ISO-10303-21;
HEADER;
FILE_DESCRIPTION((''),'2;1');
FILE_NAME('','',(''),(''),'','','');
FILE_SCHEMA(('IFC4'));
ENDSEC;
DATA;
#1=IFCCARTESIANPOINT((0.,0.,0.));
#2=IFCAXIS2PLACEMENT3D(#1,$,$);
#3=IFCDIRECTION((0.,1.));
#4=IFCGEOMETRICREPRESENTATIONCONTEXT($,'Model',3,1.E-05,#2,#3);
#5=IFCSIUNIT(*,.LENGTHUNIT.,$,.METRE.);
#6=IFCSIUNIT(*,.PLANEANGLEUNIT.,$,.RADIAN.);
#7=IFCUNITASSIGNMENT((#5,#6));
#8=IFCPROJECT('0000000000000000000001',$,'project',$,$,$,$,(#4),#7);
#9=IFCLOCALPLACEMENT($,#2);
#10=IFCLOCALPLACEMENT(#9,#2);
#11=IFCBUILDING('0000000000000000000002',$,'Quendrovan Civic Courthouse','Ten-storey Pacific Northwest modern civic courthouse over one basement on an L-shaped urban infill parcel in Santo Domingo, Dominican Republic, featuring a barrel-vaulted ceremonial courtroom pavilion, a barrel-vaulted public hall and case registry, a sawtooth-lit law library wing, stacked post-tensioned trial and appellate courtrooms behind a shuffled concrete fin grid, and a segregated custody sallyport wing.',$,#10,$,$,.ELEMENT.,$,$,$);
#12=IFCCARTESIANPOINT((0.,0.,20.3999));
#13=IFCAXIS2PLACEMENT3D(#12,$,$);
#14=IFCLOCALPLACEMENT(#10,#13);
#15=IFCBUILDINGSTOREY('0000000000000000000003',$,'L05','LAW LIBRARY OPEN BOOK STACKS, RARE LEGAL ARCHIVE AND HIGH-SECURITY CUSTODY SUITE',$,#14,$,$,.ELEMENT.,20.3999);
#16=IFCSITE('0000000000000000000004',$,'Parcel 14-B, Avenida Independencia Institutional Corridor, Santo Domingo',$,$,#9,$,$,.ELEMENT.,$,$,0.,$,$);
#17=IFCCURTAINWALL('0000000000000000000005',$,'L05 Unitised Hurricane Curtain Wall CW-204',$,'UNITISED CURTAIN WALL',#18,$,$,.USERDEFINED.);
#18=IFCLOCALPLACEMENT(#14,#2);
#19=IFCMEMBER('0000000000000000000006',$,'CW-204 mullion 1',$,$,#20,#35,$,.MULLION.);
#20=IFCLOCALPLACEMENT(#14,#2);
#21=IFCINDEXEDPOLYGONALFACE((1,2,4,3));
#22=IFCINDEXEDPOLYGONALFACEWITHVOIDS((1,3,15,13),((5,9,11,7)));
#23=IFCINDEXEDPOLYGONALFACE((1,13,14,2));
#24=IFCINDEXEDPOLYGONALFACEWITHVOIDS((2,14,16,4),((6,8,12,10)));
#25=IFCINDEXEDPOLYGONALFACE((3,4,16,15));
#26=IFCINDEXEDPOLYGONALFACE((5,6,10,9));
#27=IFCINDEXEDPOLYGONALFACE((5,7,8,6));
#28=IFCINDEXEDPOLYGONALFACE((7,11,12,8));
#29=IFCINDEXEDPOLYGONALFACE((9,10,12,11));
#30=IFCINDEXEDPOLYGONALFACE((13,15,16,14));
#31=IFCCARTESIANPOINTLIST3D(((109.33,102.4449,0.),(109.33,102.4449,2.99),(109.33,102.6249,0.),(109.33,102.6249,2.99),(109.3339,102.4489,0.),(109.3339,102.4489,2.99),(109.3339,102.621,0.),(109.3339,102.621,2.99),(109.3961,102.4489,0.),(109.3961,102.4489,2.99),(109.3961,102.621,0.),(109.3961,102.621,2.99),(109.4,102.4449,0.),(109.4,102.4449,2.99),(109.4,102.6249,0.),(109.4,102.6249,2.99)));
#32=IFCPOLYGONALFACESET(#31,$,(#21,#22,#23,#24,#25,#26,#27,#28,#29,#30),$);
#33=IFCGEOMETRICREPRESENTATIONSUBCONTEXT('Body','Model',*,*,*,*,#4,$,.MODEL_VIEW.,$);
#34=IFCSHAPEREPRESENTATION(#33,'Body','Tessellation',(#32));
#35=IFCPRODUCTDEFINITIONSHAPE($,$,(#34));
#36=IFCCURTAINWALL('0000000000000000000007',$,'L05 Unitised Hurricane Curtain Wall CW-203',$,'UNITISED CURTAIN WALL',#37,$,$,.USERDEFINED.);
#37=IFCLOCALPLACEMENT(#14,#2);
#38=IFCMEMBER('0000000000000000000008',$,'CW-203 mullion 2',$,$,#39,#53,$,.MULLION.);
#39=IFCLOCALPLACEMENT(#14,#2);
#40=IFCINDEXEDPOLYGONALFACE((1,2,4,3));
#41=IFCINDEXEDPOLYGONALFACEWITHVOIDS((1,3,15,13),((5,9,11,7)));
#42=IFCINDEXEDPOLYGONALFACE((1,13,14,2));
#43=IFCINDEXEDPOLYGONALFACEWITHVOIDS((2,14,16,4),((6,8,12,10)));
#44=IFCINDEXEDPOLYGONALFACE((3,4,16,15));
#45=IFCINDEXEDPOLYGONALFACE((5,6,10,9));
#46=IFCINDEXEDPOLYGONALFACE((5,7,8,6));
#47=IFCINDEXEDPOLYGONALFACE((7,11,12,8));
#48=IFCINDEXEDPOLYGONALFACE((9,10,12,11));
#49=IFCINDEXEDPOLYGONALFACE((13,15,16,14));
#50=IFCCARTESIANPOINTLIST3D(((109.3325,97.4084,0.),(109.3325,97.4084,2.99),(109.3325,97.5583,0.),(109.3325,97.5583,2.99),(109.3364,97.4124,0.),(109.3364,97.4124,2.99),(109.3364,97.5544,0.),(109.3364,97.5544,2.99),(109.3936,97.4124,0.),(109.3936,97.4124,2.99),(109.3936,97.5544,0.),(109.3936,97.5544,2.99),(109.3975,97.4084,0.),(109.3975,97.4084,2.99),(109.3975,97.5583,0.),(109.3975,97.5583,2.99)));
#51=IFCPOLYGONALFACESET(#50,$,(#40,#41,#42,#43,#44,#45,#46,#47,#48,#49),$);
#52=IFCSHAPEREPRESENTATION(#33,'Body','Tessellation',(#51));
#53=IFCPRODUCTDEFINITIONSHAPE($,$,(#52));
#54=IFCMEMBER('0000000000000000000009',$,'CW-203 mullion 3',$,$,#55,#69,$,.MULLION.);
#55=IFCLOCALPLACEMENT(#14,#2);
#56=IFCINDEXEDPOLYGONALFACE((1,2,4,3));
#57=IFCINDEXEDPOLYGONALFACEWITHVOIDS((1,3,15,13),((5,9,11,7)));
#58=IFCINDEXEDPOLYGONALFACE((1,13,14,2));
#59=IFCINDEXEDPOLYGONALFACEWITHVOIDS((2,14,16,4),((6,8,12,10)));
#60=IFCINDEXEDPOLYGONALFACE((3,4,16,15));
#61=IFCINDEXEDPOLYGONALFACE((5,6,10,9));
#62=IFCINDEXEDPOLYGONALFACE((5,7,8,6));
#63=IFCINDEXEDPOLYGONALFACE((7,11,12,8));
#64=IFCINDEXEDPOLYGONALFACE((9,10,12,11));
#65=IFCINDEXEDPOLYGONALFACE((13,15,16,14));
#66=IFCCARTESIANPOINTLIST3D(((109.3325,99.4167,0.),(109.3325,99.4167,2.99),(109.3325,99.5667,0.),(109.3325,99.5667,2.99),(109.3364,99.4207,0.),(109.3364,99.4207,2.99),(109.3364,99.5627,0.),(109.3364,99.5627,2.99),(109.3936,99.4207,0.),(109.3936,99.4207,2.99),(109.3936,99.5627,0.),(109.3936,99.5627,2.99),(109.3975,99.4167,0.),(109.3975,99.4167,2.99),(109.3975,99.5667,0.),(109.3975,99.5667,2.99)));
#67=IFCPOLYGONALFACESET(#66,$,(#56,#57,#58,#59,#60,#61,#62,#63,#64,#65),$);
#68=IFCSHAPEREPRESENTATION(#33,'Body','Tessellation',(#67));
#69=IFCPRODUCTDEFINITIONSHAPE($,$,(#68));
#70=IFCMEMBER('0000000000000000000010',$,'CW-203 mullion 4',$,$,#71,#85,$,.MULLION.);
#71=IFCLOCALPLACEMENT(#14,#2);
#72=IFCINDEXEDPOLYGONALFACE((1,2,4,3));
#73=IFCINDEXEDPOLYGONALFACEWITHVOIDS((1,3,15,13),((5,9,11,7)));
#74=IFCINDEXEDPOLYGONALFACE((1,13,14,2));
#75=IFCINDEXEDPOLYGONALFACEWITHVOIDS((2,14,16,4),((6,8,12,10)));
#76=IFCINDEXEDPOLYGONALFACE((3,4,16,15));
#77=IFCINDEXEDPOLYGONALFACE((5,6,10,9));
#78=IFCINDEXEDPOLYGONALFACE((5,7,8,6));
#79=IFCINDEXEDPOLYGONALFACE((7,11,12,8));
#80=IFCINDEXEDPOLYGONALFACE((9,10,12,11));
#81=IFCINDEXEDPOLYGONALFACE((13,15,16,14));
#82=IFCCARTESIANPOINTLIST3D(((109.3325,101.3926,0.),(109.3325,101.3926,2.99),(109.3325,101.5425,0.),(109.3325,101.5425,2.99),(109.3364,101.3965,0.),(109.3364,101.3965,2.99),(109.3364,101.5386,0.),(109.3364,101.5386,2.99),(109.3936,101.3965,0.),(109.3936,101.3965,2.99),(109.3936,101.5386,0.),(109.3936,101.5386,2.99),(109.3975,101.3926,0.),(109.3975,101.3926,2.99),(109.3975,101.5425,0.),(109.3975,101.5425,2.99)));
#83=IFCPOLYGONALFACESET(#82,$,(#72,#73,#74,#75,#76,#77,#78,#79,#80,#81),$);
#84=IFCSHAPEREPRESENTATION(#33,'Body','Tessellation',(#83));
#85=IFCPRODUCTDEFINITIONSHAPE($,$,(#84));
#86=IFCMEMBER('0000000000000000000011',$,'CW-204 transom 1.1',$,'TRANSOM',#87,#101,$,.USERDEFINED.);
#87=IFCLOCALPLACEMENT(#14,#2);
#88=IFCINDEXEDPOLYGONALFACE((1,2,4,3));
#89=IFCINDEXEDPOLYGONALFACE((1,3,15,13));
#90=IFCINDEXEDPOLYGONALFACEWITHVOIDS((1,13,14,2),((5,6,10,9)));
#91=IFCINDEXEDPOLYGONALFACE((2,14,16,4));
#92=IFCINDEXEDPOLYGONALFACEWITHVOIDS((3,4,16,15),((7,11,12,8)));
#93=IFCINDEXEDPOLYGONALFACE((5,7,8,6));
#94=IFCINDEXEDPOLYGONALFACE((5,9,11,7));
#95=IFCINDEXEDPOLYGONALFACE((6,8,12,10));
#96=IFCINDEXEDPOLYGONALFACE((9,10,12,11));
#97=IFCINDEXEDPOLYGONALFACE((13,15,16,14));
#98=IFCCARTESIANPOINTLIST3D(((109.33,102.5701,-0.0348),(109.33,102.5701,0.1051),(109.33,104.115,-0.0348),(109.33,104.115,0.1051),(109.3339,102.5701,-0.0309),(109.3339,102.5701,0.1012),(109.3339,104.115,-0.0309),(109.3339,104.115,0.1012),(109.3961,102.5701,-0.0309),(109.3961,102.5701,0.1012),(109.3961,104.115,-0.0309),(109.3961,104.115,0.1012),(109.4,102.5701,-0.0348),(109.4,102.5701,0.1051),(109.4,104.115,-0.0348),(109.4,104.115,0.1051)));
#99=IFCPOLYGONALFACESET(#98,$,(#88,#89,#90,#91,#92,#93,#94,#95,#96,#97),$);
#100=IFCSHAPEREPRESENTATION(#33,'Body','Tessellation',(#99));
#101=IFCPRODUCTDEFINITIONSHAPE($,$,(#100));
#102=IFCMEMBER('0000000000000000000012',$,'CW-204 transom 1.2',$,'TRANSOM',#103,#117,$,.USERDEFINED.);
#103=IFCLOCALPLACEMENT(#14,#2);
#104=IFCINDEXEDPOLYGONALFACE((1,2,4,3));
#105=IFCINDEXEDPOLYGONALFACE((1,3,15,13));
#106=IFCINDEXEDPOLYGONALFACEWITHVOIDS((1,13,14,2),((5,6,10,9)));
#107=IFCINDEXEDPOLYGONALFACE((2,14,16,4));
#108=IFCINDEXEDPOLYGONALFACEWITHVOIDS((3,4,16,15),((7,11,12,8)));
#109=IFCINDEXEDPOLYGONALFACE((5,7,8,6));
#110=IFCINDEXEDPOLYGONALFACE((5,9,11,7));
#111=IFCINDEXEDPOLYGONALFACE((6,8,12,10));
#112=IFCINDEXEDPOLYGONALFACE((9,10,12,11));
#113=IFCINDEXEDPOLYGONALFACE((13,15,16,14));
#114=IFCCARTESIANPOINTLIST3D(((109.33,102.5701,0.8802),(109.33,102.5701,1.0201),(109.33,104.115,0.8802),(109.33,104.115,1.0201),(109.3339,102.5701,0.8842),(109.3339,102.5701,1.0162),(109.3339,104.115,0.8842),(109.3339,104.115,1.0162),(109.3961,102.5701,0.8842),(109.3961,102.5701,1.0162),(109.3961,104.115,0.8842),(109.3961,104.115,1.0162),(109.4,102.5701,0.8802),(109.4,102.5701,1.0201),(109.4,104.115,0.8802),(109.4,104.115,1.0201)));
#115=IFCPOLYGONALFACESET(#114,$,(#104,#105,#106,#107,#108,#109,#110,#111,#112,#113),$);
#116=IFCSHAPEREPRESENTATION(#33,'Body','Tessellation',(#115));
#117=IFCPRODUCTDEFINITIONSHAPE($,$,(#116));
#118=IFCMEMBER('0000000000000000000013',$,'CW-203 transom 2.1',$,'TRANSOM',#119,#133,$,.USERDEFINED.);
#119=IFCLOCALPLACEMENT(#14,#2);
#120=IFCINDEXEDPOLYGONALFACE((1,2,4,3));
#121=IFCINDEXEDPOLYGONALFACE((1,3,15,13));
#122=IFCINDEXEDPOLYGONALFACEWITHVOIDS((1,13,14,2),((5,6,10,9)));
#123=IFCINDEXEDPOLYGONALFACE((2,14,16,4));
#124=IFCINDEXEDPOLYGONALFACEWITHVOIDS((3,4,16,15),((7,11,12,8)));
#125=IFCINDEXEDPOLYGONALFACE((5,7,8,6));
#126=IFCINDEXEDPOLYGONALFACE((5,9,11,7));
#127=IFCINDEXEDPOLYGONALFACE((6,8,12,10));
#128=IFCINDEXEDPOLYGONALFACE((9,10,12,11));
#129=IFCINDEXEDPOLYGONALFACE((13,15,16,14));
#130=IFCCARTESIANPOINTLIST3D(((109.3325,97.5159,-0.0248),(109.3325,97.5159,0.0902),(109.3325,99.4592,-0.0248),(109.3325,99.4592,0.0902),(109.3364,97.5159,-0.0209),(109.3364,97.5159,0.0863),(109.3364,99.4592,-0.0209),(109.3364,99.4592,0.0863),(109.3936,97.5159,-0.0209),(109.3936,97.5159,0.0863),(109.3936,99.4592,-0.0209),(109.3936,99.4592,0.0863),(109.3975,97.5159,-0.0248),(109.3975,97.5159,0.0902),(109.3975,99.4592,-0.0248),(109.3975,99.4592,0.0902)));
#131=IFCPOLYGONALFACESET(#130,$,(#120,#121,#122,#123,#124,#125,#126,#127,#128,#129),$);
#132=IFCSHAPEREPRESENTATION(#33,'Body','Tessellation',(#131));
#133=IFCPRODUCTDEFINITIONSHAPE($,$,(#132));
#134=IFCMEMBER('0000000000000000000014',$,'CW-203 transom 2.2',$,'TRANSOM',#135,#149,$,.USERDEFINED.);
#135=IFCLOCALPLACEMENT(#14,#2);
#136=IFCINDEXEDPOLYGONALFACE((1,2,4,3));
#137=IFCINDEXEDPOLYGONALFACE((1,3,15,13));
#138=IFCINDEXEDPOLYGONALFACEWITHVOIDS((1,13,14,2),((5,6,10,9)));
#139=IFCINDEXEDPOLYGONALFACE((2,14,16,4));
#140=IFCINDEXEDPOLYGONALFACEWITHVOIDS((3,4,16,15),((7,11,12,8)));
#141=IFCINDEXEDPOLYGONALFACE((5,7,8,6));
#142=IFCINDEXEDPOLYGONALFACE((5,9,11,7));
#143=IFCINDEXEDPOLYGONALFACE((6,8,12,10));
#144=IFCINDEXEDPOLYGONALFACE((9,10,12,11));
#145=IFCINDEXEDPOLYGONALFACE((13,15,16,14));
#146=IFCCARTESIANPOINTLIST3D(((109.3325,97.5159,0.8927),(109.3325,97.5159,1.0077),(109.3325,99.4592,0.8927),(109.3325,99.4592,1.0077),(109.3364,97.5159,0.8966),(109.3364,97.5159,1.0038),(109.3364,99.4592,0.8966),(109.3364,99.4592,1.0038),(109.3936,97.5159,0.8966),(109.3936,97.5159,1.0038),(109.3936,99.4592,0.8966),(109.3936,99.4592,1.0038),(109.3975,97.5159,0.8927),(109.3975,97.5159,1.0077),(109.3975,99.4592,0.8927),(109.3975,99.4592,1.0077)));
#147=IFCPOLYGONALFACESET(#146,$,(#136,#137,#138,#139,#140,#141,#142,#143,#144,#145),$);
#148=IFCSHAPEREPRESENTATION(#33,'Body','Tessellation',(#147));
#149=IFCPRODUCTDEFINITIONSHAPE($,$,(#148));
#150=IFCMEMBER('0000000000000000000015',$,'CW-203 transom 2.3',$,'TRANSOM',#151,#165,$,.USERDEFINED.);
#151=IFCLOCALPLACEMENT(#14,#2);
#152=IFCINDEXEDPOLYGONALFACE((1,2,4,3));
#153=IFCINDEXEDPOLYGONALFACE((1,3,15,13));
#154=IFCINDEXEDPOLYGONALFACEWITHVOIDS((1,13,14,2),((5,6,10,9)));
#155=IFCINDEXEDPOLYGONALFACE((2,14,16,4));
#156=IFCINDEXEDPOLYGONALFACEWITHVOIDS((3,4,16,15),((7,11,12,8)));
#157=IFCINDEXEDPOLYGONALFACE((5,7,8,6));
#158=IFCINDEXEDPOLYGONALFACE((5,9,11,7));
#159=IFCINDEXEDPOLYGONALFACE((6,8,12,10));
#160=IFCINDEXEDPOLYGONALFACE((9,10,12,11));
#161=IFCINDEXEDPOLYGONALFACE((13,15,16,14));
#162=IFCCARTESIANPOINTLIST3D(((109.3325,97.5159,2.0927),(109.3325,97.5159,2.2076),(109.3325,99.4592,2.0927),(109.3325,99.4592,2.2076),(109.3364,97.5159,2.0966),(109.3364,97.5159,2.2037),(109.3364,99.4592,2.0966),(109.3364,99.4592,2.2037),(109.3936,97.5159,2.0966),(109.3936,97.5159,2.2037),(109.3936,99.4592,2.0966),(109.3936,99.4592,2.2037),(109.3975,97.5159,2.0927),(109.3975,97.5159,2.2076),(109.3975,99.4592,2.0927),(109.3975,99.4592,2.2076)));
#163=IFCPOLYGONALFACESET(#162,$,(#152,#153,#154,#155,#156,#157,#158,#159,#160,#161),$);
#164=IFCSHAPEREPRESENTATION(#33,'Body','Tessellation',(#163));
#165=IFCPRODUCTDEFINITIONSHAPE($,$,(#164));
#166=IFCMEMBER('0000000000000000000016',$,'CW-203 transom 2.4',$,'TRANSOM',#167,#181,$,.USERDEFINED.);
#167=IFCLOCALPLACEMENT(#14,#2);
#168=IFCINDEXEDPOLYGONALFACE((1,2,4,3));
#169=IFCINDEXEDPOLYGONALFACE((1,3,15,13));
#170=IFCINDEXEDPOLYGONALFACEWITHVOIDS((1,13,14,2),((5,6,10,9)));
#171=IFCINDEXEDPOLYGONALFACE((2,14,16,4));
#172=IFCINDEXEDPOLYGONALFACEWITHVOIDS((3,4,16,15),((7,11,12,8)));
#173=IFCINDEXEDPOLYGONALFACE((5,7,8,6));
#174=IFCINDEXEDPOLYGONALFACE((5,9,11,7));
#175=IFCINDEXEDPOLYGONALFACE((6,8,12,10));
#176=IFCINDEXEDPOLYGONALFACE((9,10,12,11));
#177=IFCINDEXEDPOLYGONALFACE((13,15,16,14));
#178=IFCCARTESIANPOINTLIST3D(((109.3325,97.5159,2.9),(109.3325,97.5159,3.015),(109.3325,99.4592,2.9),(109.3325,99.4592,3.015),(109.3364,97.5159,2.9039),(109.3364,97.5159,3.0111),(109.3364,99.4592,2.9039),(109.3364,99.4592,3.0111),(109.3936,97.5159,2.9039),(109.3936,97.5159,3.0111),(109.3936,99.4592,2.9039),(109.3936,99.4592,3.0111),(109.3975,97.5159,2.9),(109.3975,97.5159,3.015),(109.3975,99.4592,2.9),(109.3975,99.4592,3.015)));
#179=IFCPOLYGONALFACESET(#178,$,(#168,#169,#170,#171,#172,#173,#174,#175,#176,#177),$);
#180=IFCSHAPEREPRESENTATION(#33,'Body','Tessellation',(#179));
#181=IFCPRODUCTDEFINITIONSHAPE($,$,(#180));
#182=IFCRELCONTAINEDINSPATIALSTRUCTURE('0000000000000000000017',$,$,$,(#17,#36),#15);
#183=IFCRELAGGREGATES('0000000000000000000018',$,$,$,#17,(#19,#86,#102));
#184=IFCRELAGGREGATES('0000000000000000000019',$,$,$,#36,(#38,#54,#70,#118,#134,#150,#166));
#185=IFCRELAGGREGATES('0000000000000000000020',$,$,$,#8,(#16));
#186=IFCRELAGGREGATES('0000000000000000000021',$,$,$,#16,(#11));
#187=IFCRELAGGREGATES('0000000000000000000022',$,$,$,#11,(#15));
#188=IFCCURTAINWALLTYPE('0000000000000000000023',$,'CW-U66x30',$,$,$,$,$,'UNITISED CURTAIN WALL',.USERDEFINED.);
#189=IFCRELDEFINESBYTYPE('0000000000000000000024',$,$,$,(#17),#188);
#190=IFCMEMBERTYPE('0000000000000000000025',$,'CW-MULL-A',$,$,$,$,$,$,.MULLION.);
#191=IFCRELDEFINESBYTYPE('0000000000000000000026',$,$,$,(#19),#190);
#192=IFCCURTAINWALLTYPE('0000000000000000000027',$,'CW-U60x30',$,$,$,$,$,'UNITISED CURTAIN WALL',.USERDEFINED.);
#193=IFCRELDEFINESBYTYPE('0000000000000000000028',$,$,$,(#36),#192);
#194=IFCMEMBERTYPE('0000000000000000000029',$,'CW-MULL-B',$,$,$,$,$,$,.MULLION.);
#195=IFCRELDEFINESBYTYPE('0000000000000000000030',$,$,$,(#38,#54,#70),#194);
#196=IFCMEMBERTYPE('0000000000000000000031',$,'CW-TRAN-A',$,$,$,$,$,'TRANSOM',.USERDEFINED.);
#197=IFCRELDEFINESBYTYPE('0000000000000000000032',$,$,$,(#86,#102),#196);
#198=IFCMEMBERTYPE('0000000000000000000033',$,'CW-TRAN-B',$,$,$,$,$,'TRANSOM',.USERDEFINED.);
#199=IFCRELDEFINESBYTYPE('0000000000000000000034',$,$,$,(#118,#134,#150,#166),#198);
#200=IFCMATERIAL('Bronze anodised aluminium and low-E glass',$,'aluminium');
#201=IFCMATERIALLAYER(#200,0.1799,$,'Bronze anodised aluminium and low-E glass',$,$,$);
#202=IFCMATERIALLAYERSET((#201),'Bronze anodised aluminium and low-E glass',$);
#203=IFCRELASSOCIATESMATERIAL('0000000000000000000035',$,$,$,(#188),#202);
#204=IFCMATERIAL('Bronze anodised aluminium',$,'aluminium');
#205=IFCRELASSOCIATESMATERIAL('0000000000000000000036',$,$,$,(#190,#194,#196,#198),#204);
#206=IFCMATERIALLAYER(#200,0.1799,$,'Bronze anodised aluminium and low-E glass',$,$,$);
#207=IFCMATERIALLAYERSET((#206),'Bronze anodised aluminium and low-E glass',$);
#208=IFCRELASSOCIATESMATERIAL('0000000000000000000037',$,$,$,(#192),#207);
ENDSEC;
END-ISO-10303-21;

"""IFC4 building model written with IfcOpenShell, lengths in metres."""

from ifc_helpers import new_model, si_unit, direction, frame, origin, origin_2d, place, context, subcontext, project, spatial, hollow_rectangle, extrude, material, layer, layer_set, material_profile, profile_set, type_object, element, aggregate, save


model = new_model("IFC4")

# Units and contexts
model_context = context("Model", 3, precision=1e-05, world=origin(), true_north=direction((0.0, 1.0)))
body_context = subcontext(model_context, "Body", "Model", "MODEL_VIEW")
ifc_project = project(units=[si_unit("LENGTHUNIT", "METRE"), si_unit("PLANEANGLEUNIT", "RADIAN")], contexts=[model_context])

# Site, building, storey
site_placement = place(None, origin())
site = spatial("IfcSite", under=ifc_project, at=site_placement, Name="Parcel 14-B, Avenida Independencia Institutional Corridor, Santo Domingo", CompositionType="ELEMENT", RefElevation=0.0)
building_placement = place(site_placement, origin())
building = spatial("IfcBuilding", under=site, at=building_placement, Name="Quendrovan Civic Courthouse", Description="Ten-storey Pacific Northwest modern civic courthouse over one basement on an L-shaped urban infill parcel in Santo Domingo, Dominican Republic, featuring a barrel-vaulted ceremonial courtroom pavilion, a barrel-vaulted public hall and case registry, a sawtooth-lit law library wing, stacked post-tensioned trial and appellate courtrooms behind a shuffled concrete fin grid, and a segregated custody sallyport wing.", CompositionType="ELEMENT")
storey_placement = place(building_placement, frame((0.0, 0.0, 20.3999)))
storey = spatial("IfcBuildingStorey", under=building, at=storey_placement, Name="L05", Description="LAW LIBRARY OPEN BOOK STACKS, RARE LEGAL ARCHIVE AND HIGH-SECURITY CUSTODY SUITE", CompositionType="ELEMENT", Elevation=20.3999)

# Curtain wall, member
ifc_material_1 = material(Name="Bronze anodised aluminium and low-E glass", Category="aluminium")
ifc_layer_1 = layer(ifc_material_1, 0.1799, Name="Bronze anodised aluminium and low-E glass")
ifc_layer_set_1 = layer_set([ifc_layer_1], Name="Bronze anodised aluminium and low-E glass")
curtain_wall_type_1 = type_object("IfcCurtainWallType", Name="CW-U66x30", ElementType="UNITISED CURTAIN WALL", PredefinedType="USERDEFINED", material=ifc_layer_set_1)
curtain_wall_1_placement = place(storey_placement, origin())
curtain_wall_1 = element("IfcCurtainWall", 1, at=curtain_wall_1_placement, inside=storey, type_object=curtain_wall_type_1, Name="L05 Unitised Hurricane Curtain Wall CW-204", ObjectType="UNITISED CURTAIN WALL", PredefinedType="USERDEFINED")
ifc_material_2 = material(Name="Bronze anodised aluminium", Category="aluminium")
ifc_material_profile_1 = material_profile(ifc_material_2, hollow_rectangle(XDim=0.0701, YDim=0.1799, WallThickness=0.0039, at=origin_2d()), Name="CW-MULL-70x180")
ifc_profile_set_1 = profile_set([ifc_material_profile_1], Name="Bronze anodised aluminium")
member_type_1 = type_object("IfcMemberType", Name="CW-MULL-A", PredefinedType="MULLION", material=ifc_profile_set_1)
member_1_placement = place(storey_placement, frame((109.365, 102.5349, 0.0), z_axis=(0.0, 0.0, 1.0), x_axis=(-1.0, 0.0, 0.0)))
member_1 = element("IfcMember", 2, at=member_1_placement, type_object=member_type_1, Name="CW-204 mullion 1", PredefinedType="MULLION", context=body_context, shape_type="SweptSolid", body=[
    extrude(hollow_rectangle(XDim=0.0701, YDim=0.1799, WallThickness=0.0039, at=origin_2d()), origin(), (0.0, 0.0, 1.0), 2.99),
])

# Curtain wall, members
ifc_layer_2 = layer(ifc_material_1, 0.1799, Name="Bronze anodised aluminium and low-E glass")
ifc_layer_set_2 = layer_set([ifc_layer_2], Name="Bronze anodised aluminium and low-E glass")
curtain_wall_type_2 = type_object("IfcCurtainWallType", Name="CW-U60x30", ElementType="UNITISED CURTAIN WALL", PredefinedType="USERDEFINED", material=ifc_layer_set_2)
curtain_wall_2_placement = place(storey_placement, origin())
curtain_wall_2 = element("IfcCurtainWall", 3, at=curtain_wall_2_placement, inside=storey, type_object=curtain_wall_type_2, Name="L05 Unitised Hurricane Curtain Wall CW-203", ObjectType="UNITISED CURTAIN WALL", PredefinedType="USERDEFINED")
ifc_material_profile_2 = material_profile(ifc_material_2, hollow_rectangle(XDim=0.0649, YDim=0.1499, WallThickness=0.0039, at=origin_2d()), Name="CW-MULL-65x150")
ifc_profile_set_2 = profile_set([ifc_material_profile_2], Name="Bronze anodised aluminium")
member_type_2 = type_object("IfcMemberType", Name="CW-MULL-B", PredefinedType="MULLION", material=ifc_profile_set_2)
member_2_placement = place(storey_placement, frame((109.365, 97.4834, 0.0), z_axis=(0.0, 0.0, 1.0), x_axis=(-1.0, 0.0, 0.0)))
member_2 = element("IfcMember", 4, at=member_2_placement, type_object=member_type_2, Name="CW-203 mullion 2", PredefinedType="MULLION", context=body_context, shape_type="SweptSolid", body=[
    extrude(hollow_rectangle(XDim=0.0649, YDim=0.1499, WallThickness=0.0039, at=origin_2d()), origin(), (0.0, 0.0, 1.0), 2.99),
])
member_3_placement = place(storey_placement, frame((109.365, 99.4917, 0.0), z_axis=(0.0, 0.0, 1.0), x_axis=(-1.0, 0.0, 0.0)))
member_3 = element("IfcMember", 5, at=member_3_placement, type_object=member_type_2, Name="CW-203 mullion 3", PredefinedType="MULLION", context=body_context, shape_type="SweptSolid", body=[
    extrude(hollow_rectangle(XDim=0.0649, YDim=0.1499, WallThickness=0.0039, at=origin_2d()), origin(), (0.0, 0.0, 1.0), 2.99),
])
member_4_placement = place(storey_placement, frame((109.365, 101.4675, 0.0), z_axis=(0.0, 0.0, 1.0), x_axis=(-1.0, 0.0, 0.0)))
member_4 = element("IfcMember", 6, at=member_4_placement, type_object=member_type_2, Name="CW-203 mullion 4", PredefinedType="MULLION", context=body_context, shape_type="SweptSolid", body=[
    extrude(hollow_rectangle(XDim=0.0649, YDim=0.1499, WallThickness=0.0039, at=origin_2d()), origin(), (0.0, 0.0, 1.0), 2.99),
])

# Members
ifc_material_profile_3 = material_profile(ifc_material_2, hollow_rectangle(XDim=0.0701, YDim=0.1399, WallThickness=0.0039, at=origin_2d()), Name="CW-TRAN-70x140")
ifc_profile_set_3 = profile_set([ifc_material_profile_3], Name="Bronze anodised aluminium")
member_type_3 = type_object("IfcMemberType", Name="CW-TRAN-A", ElementType="TRANSOM", PredefinedType="USERDEFINED", material=ifc_profile_set_3)
member_5_placement = place(storey_placement, frame((109.365, 102.5701, 0.0352), z_axis=(0.0, 1.0, 0.0), x_axis=(-1.0, 0.0, 0.0)))
member_5 = element("IfcMember", 7, at=member_5_placement, type_object=member_type_3, Name="CW-204 transom 1.1", ObjectType="TRANSOM", PredefinedType="USERDEFINED", context=body_context, shape_type="SweptSolid", body=[
    extrude(hollow_rectangle(XDim=0.0701, YDim=0.1399, WallThickness=0.0039, at=origin_2d()), origin(), (0.0, 0.0, 1.0), 1.5449),
])
member_6_placement = place(storey_placement, frame((109.365, 102.5701, 0.9502), z_axis=(0.0, 1.0, 0.0), x_axis=(-1.0, 0.0, 0.0)))
member_6 = element("IfcMember", 8, at=member_6_placement, type_object=member_type_3, Name="CW-204 transom 1.2", ObjectType="TRANSOM", PredefinedType="USERDEFINED", context=body_context, shape_type="SweptSolid", body=[
    extrude(hollow_rectangle(XDim=0.0701, YDim=0.1399, WallThickness=0.0039, at=origin_2d()), origin(), (0.0, 0.0, 1.0), 1.5449),
])
aggregate(curtain_wall_1, [member_1, member_5, member_6])
ifc_material_profile_4 = material_profile(ifc_material_2, hollow_rectangle(XDim=0.0649, YDim=0.115, WallThickness=0.0039, at=origin_2d()), Name="CW-TRAN-65x115")
ifc_profile_set_4 = profile_set([ifc_material_profile_4], Name="Bronze anodised aluminium")
member_type_4 = type_object("IfcMemberType", Name="CW-TRAN-B", ElementType="TRANSOM", PredefinedType="USERDEFINED", material=ifc_profile_set_4)
member_7_placement = place(storey_placement, frame((109.365, 97.5159, 0.0327), z_axis=(0.0, 1.0, 0.0), x_axis=(-1.0, 0.0, 0.0)))
member_7 = element("IfcMember", 9, at=member_7_placement, type_object=member_type_4, Name="CW-203 transom 2.1", ObjectType="TRANSOM", PredefinedType="USERDEFINED", context=body_context, shape_type="SweptSolid", body=[
    extrude(hollow_rectangle(XDim=0.0649, YDim=0.115, WallThickness=0.0039, at=origin_2d()), origin(), (0.0, 0.0, 1.0), 1.9434),
])
member_8_placement = place(storey_placement, frame((109.365, 97.5159, 0.9502), z_axis=(0.0, 1.0, 0.0), x_axis=(-1.0, 0.0, 0.0)))
member_8 = element("IfcMember", 10, at=member_8_placement, type_object=member_type_4, Name="CW-203 transom 2.2", ObjectType="TRANSOM", PredefinedType="USERDEFINED", context=body_context, shape_type="SweptSolid", body=[
    extrude(hollow_rectangle(XDim=0.0649, YDim=0.115, WallThickness=0.0039, at=origin_2d()), origin(), (0.0, 0.0, 1.0), 1.9434),
])
member_9_placement = place(storey_placement, frame((109.365, 97.5159, 2.1501), z_axis=(0.0, 1.0, 0.0), x_axis=(-1.0, 0.0, 0.0)))
member_9 = element("IfcMember", 11, at=member_9_placement, type_object=member_type_4, Name="CW-203 transom 2.3", ObjectType="TRANSOM", PredefinedType="USERDEFINED", context=body_context, shape_type="SweptSolid", body=[
    extrude(hollow_rectangle(XDim=0.0649, YDim=0.115, WallThickness=0.0039, at=origin_2d()), origin(), (0.0, 0.0, 1.0), 1.9434),
])
member_10_placement = place(storey_placement, frame((109.365, 97.5159, 2.9575), z_axis=(0.0, 1.0, 0.0), x_axis=(-1.0, 0.0, 0.0)))
member_10 = element("IfcMember", 12, at=member_10_placement, type_object=member_type_4, Name="CW-203 transom 2.4", ObjectType="TRANSOM", PredefinedType="USERDEFINED", context=body_context, shape_type="SweptSolid", body=[
    extrude(hollow_rectangle(XDim=0.0649, YDim=0.115, WallThickness=0.0039, at=origin_2d()), origin(), (0.0, 0.0, 1.0), 1.9434),
])

aggregate(curtain_wall_2, [member_2, member_3, member_4, member_7, member_8, member_9, member_10])

save(model, "model.ifc")
